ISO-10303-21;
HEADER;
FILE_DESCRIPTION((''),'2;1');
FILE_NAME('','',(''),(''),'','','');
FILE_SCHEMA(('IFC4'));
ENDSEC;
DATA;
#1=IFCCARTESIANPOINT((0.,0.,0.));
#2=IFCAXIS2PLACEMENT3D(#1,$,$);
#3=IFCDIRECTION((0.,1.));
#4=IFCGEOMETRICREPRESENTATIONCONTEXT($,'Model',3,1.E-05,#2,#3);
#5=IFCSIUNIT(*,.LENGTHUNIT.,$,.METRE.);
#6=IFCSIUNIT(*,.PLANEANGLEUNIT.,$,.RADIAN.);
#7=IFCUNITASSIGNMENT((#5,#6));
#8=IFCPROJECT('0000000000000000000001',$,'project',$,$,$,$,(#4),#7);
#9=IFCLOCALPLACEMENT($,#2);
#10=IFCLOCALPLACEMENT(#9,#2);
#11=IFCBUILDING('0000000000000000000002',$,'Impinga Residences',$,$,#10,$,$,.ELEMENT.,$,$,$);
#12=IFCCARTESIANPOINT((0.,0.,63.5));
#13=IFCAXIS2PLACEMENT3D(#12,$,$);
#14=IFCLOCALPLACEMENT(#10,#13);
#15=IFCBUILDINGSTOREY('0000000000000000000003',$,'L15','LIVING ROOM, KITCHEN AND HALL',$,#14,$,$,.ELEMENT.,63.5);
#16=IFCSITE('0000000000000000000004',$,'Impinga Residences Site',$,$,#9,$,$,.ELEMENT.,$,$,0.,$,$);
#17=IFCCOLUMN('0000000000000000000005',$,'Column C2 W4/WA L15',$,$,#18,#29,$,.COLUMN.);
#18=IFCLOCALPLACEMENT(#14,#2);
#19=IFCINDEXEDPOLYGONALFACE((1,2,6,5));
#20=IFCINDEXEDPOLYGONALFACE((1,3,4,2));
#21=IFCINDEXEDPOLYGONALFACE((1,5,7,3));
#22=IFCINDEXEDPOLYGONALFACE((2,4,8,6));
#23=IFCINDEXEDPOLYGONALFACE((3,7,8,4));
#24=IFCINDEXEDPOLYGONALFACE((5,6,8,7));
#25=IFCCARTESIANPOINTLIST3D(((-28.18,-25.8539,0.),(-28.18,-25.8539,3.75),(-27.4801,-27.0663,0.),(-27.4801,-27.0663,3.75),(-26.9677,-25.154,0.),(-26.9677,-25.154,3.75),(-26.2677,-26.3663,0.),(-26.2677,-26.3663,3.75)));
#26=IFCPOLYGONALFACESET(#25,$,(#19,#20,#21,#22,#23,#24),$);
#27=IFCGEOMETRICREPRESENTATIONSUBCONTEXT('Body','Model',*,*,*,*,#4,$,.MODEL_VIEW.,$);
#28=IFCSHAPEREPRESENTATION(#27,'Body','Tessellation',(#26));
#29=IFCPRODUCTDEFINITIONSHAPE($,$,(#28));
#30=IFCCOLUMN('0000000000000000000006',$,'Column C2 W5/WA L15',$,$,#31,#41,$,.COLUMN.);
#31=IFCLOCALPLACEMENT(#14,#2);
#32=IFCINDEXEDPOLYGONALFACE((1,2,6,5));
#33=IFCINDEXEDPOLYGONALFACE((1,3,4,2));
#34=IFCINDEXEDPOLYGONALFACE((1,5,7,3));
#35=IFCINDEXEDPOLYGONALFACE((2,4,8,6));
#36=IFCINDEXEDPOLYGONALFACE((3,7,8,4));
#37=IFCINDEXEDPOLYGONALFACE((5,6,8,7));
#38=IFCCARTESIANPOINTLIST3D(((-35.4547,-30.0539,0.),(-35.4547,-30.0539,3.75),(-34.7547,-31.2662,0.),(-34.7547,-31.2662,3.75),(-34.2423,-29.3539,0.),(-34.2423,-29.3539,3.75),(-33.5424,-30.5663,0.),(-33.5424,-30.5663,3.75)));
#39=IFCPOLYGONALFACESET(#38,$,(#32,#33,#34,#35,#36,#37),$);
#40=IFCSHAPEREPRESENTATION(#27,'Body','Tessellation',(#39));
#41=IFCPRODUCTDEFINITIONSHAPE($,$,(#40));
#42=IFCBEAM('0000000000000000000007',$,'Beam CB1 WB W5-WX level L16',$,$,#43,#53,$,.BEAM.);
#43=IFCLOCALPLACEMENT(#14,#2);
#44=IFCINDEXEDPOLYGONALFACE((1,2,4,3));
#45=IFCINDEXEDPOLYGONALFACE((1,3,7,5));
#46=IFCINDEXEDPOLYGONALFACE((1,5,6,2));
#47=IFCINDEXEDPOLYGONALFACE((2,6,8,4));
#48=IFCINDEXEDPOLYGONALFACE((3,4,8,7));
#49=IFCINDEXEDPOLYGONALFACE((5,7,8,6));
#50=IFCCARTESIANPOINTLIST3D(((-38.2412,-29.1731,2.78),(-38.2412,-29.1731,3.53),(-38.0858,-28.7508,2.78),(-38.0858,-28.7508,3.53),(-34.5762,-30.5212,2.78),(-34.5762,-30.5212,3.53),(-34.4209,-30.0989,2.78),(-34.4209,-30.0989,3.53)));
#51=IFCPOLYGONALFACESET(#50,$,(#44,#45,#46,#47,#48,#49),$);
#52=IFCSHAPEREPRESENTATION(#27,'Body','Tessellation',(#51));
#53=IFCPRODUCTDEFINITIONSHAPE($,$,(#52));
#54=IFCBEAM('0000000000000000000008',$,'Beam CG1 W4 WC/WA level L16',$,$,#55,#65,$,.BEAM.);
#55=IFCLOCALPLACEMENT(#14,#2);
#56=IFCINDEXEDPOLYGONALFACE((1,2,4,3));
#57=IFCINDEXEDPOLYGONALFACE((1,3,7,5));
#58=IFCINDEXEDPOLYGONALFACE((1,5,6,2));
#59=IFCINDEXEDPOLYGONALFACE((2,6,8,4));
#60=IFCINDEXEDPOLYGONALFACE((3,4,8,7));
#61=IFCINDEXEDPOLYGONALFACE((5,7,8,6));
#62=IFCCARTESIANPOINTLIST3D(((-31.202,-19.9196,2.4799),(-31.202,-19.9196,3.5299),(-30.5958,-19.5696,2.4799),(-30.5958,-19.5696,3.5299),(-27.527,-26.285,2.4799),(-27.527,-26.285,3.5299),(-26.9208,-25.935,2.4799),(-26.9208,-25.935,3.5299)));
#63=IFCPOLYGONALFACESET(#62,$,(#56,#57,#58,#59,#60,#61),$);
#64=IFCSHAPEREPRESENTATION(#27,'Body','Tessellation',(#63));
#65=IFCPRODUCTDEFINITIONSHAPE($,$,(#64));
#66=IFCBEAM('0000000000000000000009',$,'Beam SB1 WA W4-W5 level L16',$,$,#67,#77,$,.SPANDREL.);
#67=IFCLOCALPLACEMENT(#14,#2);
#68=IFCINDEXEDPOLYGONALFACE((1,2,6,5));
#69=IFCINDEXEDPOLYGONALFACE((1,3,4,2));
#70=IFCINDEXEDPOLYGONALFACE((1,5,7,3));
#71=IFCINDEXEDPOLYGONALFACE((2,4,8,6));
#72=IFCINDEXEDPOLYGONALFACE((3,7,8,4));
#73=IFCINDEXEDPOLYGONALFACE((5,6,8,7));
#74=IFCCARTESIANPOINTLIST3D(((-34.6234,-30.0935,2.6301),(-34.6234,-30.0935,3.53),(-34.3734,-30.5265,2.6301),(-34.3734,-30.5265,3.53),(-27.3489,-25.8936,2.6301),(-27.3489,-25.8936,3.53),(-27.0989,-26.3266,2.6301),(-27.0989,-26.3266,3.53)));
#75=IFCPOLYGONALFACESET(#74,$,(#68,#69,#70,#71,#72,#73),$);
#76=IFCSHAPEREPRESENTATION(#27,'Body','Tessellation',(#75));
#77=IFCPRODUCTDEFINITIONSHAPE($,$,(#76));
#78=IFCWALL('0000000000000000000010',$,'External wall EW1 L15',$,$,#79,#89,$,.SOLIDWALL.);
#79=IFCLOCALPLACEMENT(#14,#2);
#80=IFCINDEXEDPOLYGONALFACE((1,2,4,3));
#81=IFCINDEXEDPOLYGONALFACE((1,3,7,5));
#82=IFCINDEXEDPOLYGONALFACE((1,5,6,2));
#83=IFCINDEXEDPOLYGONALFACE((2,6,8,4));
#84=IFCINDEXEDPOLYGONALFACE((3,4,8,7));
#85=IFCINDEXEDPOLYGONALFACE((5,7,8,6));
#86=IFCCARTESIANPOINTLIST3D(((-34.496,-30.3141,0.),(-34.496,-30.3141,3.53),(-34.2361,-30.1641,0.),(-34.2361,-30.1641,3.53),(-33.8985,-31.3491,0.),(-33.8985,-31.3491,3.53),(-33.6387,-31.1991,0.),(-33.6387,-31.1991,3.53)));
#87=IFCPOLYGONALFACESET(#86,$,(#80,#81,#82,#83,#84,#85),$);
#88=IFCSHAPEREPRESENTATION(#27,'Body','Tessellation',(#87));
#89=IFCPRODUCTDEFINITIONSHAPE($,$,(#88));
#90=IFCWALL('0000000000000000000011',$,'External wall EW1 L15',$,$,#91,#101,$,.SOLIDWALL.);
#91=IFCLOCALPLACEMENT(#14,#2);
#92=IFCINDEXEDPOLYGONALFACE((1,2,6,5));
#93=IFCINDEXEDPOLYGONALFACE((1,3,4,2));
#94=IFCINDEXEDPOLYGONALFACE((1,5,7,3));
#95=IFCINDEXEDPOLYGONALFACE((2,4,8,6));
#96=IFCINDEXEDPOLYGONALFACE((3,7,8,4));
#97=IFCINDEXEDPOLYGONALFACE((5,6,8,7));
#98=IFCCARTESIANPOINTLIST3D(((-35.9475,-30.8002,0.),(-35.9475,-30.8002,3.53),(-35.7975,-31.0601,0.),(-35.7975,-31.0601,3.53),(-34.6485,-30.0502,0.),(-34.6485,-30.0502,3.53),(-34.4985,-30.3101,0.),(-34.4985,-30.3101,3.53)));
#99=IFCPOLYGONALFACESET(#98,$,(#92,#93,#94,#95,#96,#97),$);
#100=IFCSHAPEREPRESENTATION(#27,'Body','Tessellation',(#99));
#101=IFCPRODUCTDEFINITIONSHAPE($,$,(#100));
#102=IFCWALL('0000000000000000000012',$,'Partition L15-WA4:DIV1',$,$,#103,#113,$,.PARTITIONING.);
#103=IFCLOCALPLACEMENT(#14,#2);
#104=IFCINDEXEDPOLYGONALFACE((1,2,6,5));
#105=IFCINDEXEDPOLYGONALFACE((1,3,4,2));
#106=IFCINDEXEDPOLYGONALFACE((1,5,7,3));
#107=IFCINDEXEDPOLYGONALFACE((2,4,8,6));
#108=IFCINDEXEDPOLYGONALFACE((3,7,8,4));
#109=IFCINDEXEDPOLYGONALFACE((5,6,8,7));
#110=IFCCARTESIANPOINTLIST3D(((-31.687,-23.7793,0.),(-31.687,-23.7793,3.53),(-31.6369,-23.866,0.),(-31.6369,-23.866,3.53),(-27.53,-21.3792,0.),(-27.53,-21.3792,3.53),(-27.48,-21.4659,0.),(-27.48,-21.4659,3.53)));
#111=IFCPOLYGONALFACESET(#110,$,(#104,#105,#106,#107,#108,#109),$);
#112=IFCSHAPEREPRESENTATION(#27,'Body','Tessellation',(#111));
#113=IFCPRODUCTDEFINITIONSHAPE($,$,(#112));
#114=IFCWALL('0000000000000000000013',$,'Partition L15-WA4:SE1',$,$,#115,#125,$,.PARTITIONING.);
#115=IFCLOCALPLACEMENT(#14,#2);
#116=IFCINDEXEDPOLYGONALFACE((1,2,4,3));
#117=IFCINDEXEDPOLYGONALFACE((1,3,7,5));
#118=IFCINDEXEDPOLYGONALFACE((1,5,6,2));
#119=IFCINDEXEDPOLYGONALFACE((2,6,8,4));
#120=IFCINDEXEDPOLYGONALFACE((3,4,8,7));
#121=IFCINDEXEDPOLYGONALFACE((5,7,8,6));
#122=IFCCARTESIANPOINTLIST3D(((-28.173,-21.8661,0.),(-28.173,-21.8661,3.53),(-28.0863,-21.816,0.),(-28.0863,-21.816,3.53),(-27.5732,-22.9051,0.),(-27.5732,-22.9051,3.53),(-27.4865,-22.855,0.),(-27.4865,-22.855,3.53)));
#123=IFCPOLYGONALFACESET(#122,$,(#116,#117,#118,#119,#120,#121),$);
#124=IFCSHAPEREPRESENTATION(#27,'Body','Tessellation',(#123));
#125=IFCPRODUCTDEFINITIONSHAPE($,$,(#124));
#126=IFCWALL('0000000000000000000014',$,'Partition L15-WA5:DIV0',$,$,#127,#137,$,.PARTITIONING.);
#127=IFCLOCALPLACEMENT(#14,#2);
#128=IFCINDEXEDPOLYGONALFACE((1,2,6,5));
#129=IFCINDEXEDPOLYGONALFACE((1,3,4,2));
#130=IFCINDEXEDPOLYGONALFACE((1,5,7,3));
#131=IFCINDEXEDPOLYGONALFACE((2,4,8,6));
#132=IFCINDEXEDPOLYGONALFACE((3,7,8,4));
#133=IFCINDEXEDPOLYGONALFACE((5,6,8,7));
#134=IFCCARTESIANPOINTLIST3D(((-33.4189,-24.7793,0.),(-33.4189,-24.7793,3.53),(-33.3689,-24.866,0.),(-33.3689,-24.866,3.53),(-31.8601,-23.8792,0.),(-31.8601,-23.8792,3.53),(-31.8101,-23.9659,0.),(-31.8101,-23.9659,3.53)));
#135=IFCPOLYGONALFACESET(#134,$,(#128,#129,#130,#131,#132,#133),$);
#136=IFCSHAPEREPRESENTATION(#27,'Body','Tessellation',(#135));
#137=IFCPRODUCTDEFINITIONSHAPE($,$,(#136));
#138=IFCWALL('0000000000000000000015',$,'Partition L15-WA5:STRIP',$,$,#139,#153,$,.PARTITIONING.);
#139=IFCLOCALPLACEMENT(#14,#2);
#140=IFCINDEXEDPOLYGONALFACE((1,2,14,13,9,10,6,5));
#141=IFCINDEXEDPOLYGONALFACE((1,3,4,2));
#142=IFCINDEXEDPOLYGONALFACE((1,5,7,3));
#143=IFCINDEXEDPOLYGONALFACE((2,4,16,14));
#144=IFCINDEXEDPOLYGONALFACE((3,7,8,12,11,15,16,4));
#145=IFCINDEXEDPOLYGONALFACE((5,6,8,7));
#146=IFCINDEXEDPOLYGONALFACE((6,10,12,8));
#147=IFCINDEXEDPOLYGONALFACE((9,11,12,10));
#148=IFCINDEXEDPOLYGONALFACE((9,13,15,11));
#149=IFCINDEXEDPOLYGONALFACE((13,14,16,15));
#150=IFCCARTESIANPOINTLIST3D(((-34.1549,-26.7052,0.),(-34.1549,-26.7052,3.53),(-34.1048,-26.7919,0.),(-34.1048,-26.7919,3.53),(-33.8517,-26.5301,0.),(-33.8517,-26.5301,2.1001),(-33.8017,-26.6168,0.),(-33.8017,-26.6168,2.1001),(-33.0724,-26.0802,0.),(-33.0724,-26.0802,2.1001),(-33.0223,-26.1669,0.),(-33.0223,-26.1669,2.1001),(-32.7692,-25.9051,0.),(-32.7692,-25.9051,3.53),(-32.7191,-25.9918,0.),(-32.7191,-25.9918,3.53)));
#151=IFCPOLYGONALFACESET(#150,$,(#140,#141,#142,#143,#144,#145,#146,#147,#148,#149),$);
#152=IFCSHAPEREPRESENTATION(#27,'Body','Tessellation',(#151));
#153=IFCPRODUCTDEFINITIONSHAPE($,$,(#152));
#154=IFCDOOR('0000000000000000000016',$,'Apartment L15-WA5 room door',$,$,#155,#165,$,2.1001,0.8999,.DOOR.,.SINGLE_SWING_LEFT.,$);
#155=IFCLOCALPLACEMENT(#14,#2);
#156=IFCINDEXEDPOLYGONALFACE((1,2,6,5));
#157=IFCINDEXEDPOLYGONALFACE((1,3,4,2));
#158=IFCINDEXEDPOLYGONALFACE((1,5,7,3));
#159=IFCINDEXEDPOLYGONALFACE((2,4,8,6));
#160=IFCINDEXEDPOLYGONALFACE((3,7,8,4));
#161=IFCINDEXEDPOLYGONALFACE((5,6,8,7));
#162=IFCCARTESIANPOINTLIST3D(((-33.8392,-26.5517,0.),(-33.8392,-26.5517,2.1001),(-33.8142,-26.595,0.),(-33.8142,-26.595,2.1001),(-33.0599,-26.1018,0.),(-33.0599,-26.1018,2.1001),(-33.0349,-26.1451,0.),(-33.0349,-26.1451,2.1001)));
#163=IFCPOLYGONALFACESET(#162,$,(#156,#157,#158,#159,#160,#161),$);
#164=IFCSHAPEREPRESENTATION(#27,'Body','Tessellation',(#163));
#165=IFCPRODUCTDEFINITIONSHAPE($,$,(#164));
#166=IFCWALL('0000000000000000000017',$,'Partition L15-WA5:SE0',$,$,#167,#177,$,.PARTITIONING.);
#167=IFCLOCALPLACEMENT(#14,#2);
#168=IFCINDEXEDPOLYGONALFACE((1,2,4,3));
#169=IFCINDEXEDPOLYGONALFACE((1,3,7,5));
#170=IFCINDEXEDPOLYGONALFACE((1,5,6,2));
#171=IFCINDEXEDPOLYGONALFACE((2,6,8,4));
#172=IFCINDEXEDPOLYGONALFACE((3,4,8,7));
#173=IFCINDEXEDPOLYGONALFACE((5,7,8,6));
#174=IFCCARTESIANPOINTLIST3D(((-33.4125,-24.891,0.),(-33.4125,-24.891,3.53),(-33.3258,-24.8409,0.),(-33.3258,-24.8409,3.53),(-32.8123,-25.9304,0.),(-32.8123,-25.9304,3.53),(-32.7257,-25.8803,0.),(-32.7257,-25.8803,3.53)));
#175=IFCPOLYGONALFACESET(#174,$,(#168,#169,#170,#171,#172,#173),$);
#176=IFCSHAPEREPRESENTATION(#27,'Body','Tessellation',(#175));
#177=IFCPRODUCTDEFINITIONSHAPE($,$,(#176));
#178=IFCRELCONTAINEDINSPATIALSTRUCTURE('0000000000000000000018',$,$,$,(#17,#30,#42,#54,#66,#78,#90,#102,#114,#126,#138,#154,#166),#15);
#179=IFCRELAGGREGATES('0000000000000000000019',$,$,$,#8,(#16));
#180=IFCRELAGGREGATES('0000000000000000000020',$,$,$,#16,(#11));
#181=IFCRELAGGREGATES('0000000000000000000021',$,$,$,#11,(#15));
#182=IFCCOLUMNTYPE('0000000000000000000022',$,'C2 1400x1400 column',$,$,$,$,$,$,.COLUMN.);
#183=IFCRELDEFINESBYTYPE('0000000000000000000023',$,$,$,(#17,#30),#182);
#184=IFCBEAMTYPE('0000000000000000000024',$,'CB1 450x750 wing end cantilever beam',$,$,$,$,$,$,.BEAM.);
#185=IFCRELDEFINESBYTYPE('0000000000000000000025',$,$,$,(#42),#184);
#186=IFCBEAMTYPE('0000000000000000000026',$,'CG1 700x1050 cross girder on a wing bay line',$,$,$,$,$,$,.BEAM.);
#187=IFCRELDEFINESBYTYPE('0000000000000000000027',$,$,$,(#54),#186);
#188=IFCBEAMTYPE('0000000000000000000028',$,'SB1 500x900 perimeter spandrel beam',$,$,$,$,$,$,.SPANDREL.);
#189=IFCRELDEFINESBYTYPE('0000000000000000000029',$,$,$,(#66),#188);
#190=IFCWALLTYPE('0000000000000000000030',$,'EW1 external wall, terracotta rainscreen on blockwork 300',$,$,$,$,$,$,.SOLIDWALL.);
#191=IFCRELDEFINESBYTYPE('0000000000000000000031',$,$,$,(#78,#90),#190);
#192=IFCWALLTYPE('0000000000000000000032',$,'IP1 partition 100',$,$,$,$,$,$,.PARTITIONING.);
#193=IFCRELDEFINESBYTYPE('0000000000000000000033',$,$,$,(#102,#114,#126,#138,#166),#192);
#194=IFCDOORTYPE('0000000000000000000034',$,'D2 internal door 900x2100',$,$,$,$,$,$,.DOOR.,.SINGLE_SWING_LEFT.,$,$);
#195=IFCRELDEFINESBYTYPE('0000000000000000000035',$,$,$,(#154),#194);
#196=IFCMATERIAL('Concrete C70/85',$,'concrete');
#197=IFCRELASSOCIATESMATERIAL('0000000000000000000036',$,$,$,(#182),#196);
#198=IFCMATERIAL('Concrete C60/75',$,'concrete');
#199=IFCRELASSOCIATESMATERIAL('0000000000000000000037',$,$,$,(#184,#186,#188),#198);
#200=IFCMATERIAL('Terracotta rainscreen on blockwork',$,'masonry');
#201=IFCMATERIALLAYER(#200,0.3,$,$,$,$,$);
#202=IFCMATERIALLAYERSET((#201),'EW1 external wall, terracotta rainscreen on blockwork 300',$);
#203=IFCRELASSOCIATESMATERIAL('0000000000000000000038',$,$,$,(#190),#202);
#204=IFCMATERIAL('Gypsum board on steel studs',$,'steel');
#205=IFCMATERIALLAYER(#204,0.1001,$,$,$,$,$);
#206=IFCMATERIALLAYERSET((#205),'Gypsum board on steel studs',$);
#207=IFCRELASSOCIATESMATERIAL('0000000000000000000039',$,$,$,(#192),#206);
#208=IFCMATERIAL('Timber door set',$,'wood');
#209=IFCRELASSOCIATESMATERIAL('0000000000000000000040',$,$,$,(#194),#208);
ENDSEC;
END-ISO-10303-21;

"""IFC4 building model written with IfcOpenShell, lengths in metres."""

from ifc_helpers import new_model, si_unit, direction, frame, frame_2d, origin, origin_2d, place, context, subcontext, project, spatial, rectangle, extrude, material, layer, layer_set, material_profile, profile_set, type_object, element, fill, save


model = new_model("IFC4")

# Units and contexts
model_context = context("Model", 3, precision=1e-05, world=origin(), true_north=direction((0.0, 1.0)))
body_context = subcontext(model_context, "Body", "Model", "MODEL_VIEW")
ifc_project = project(units=[si_unit("LENGTHUNIT", "METRE"), si_unit("PLANEANGLEUNIT", "RADIAN")], contexts=[model_context])

# Site, building, storey
site_placement = place(None, origin())
site = spatial("IfcSite", under=ifc_project, at=site_placement, Name="Impinga Residences Site", CompositionType="ELEMENT", RefElevation=0.0)
building_placement = place(site_placement, origin())
building = spatial("IfcBuilding", under=site, at=building_placement, Name="Impinga Residences", CompositionType="ELEMENT")
storey_placement = place(building_placement, frame((0.0, 0.0, 63.5)))
storey = spatial("IfcBuildingStorey", under=building, at=storey_placement, Name="L15", Description="LIVING ROOM, KITCHEN AND HALL", CompositionType="ELEMENT", Elevation=63.5)

# Columns
ifc_material_1 = material(Name="Concrete C70/85", Category="concrete")
ifc_material_profile_1 = material_profile(ifc_material_1, rectangle(XDim=1.3999, YDim=1.3999, at=origin_2d()), Name="RC 1400x1400")
ifc_profile_set_1 = profile_set([ifc_material_profile_1], Name="Concrete C70/85")
column_type = type_object("IfcColumnType", Name="C2 1400x1400 column", PredefinedType="COLUMN", material=ifc_profile_set_1)
for number, where, z_axis, x_axis, name in (
    (1, (-27.2239, -26.1101, 0.0), (0.0, 0.0, 1.0), (-0.5, 0.866025, 0.0), "Column C2 W4/WA L15"),
    (2, (-34.4985, -30.3101, 0.0), (0.0, 0.0, 1.0), (-0.5, 0.866025, 0.0), "Column C2 W5/WA L15"),
):
    element("IfcColumn", number, at=place(storey_placement, frame(where, z_axis=z_axis, x_axis=x_axis)), inside=storey, type_object=column_type, Name=name, PredefinedType="COLUMN", context=body_context, shape_type="SweptSolid", body=[
        extrude(rectangle(XDim=1.3999, YDim=1.3999, at=origin_2d()), origin(), (0.0, 0.0, 1.0), 3.75),
    ])

# Beams
ifc_material_2 = material(Name="Concrete C60/75", Category="concrete")
ifc_material_profile_2 = material_profile(ifc_material_2, rectangle(XDim=0.45, YDim=0.75, at=origin_2d()), Name="RC 450x750")
ifc_profile_set_2 = profile_set([ifc_material_profile_2], Name="Concrete C60/75")
beam_type_1 = type_object("IfcBeamType", Name="CB1 450x750 wing end cantilever beam", PredefinedType="BEAM", material=ifc_profile_set_2)
beam_1_placement = place(storey_placement, frame((-34.4985, -30.3101, 3.155), z_axis=(-0.93852, 0.345224, 0.0), x_axis=(-0.345224, -0.93852, 0.0)))
element("IfcBeam", 3, at=beam_1_placement, inside=storey, type_object=beam_type_1, Name="Beam CB1 WB W5-WX level L16", PredefinedType="BEAM", context=body_context, shape_type="SweptSolid", body=[
    extrude(rectangle(XDim=0.45, YDim=0.75, at=origin_2d()), origin(), (0.0, 0.0, 1.0), 3.905),
])
ifc_material_profile_3 = material_profile(ifc_material_2, rectangle(XDim=0.7, YDim=1.05, at=origin_2d()), Name="RC 700x1050")
ifc_profile_set_3 = profile_set([ifc_material_profile_3], Name="Concrete C60/75")
beam_type_2 = type_object("IfcBeamType", Name="CG1 700x1050 cross girder on a wing bay line", PredefinedType="BEAM", material=ifc_profile_set_3)
beam_2_placement = place(storey_placement, frame((-30.8989, -19.7446, 3.0049), z_axis=(0.499994, -0.866029, 0.0), x_axis=(0.866029, 0.499994, 0.0)))
element("IfcBeam", 4, at=beam_2_placement, inside=storey, type_object=beam_type_2, Name="Beam CG1 W4 WC/WA level L16", PredefinedType="BEAM", context=body_context, shape_type="SweptSolid", body=[
    extrude(rectangle(XDim=0.7, YDim=1.05, at=origin_2d()), origin(), (0.0, 0.0, 1.0), 7.3501),
])
ifc_material_profile_4 = material_profile(ifc_material_2, rectangle(XDim=0.5, YDim=0.8999, at=origin_2d()), Name="RC 500x900")
ifc_profile_set_4 = profile_set([ifc_material_profile_4], Name="Concrete C60/75")
beam_type_3 = type_object("IfcBeamType", Name="SB1 500x900 perimeter spandrel beam", PredefinedType="SPANDREL", material=ifc_profile_set_4)
beam_3_placement = place(storey_placement, frame((-27.2239, -26.1101, 3.0801), z_axis=(-0.866029, -0.499993, 0.0), x_axis=(0.499993, -0.866029, 0.0)))
element("IfcBeam", 5, at=beam_3_placement, inside=storey, type_object=beam_type_3, Name="Beam SB1 WA W4-W5 level L16", PredefinedType="SPANDREL", context=body_context, shape_type="SweptSolid", body=[
    extrude(rectangle(XDim=0.5, YDim=0.8999, at=origin_2d()), origin(), (0.0, 0.0, 1.0), 8.3999),
])

# Walls
ifc_material_3 = material(Name="Terracotta rainscreen on blockwork", Category="masonry")
ifc_layer_1 = layer(ifc_material_3, 0.3)
ifc_layer_set_1 = layer_set([ifc_layer_1], Name="EW1 external wall, terracotta rainscreen on blockwork 300")
wall_type_1 = type_object("IfcWallType", Name="EW1 external wall, terracotta rainscreen on blockwork 300", PredefinedType="SOLIDWALL", material=ifc_layer_set_1)
wall_1_placement = place(storey_placement, frame((-33.7686, -31.2742, 0.0), z_axis=(0.0, 0.0, 1.0), x_axis=(-0.499941, 0.86606, 0.0)))
element("IfcWall", 6, at=wall_1_placement, inside=storey, type_object=wall_type_1, Name="External wall EW1 L15", PredefinedType="SOLIDWALL", context=body_context, shape_type="SweptSolid", body=[
    extrude(rectangle(XDim=1.1951, YDim=0.3, at=frame_2d((0.5977, 0.0))), origin(), (0.0, 0.0, 1.0), 3.53),
])
wall_2_placement = place(storey_placement, frame((-34.5735, -30.1802, 0.0), z_axis=(0.0, 0.0, 1.0), x_axis=(-0.866031, -0.49999, 0.0)))
element("IfcWall", 7, at=wall_2_placement, inside=storey, type_object=wall_type_1, Name="External wall EW1 L15", PredefinedType="SOLIDWALL", context=body_context, shape_type="SweptSolid", body=[
    extrude(rectangle(XDim=1.5, YDim=0.3, at=frame_2d((0.75, 0.0))), origin(), (0.0, 0.0, 1.0), 3.53),
])
ifc_material_4 = material(Name="Gypsum board on steel studs", Category="steel")
ifc_layer_2 = layer(ifc_material_4, 0.1001)
ifc_layer_set_2 = layer_set([ifc_layer_2], Name="Gypsum board on steel studs")
wall_type_2 = type_object("IfcWallType", Name="IP1 partition 100", PredefinedType="PARTITIONING", material=ifc_layer_set_2)
wall_3_placement = place(storey_placement, frame((-27.5051, -21.4226, 0.0), z_axis=(0.0, 0.0, 1.0), x_axis=(-0.866015, -0.500017, 0.0)))
element("IfcWall", 8, at=wall_3_placement, inside=storey, type_object=wall_type_2, Name="Partition L15-WA4:DIV1", PredefinedType="PARTITIONING", context=body_context, shape_type="SweptSolid", body=[
    extrude(rectangle(XDim=4.8, YDim=0.1001, at=frame_2d((2.3999, 0.0))), origin(), (0.0, 0.0, 1.0), 3.53),
])
wall_4_placement = place(storey_placement, frame((-28.1296, -21.8411, 0.0), z_axis=(0.0, 0.0, 1.0), x_axis=(0.499969, -0.866043, 0.0)))
element("IfcWall", 9, at=wall_4_placement, inside=storey, type_object=wall_type_2, Name="Partition L15-WA4:SE1", PredefinedType="PARTITIONING", context=body_context, shape_type="SweptSolid", body=[
    extrude(rectangle(XDim=1.1997, YDim=0.1001, at=frame_2d((0.5999, 0.0))), origin(), (0.0, 0.0, 1.0), 3.53),
])
wall_5_placement = place(storey_placement, frame((-31.8352, -23.9226, 0.0), z_axis=(0.0, 0.0, 1.0), x_axis=(-0.865989, -0.500063, 0.0)))
element("IfcWall", 10, at=wall_5_placement, inside=storey, type_object=wall_type_2, Name="Partition L15-WA5:DIV0", PredefinedType="PARTITIONING", context=body_context, shape_type="SweptSolid", body=[
    extrude(rectangle(XDim=1.8, YDim=0.1001, at=frame_2d((0.8999, 0.0))), origin(), (0.0, 0.0, 1.0), 3.53),
])

# Wall, opening, door
wall_6_placement = place(storey_placement, frame((-32.7441, -25.9485, 0.0), z_axis=(0.0, 0.0, 1.0), x_axis=(-0.866028, -0.499995, 0.0)))
wall_6 = element("IfcWall", 11, at=wall_6_placement, inside=storey, type_object=wall_type_2, Name="Partition L15-WA5:STRIP", PredefinedType="PARTITIONING", context=body_context, shape_type="SweptSolid", body=[
    extrude(rectangle(XDim=1.6001, YDim=0.1001, at=frame_2d((0.8, 0.0))), origin(), (0.0, 0.0, 1.0), 3.53),
])
opening_placement = place(wall_6_placement, frame((0.3501, 0.0, 0.0)))
opening = element("IfcOpeningElement", 12, at=opening_placement, cuts=wall_6, PredefinedType="OPENING", context=body_context, shape_type="SweptSolid", body=[
    extrude(rectangle(XDim=0.8999, YDim=2.1001, at=frame_2d((0.45, 1.05))), frame((0.0, 0.0601, 0.0), z_axis=(0.0, -1.0, 0.0), x_axis=(1.0, 0.0, 0.0)), (0.0, 0.0, 1.0), 0.1201),
])
ifc_material_5 = material(Name="Timber door set", Category="wood")
door_type = type_object("IfcDoorType", Name="D2 internal door 900x2100", OperationType="SINGLE_SWING_LEFT", PredefinedType="DOOR", material=ifc_material_5)
door_placement = place(opening_placement, origin())
door = element("IfcDoor", 13, at=door_placement, inside=storey, type_object=door_type, Name="Apartment L15-WA5 room door", OperationType="SINGLE_SWING_LEFT", OverallHeight=2.1001, OverallWidth=0.8999, PredefinedType="DOOR", context=body_context, shape_type="SweptSolid", body=[
    extrude(rectangle(XDim=0.8999, YDim=2.1001, at=frame_2d((0.45, 1.05))), frame((0.0, 0.0249, 0.0), z_axis=(0.0, -1.0, 0.0), x_axis=(1.0, 0.0, 0.0)), (0.0, 0.0, 1.0), 0.05),
])
fill(opening, door)

# Wall
for number, where, z_axis, x_axis, name in (
    (14, (-33.3691, -24.866, 0.0), (0.0, 0.0, 1.0), (0.500034, -0.866006, 0.0), "Partition L15-WA5:SE0"),
):
    element("IfcWall", number, at=place(storey_placement, frame(where, z_axis=z_axis, x_axis=x_axis)), inside=storey, type_object=wall_type_2, Name=name, PredefinedType="PARTITIONING", context=body_context, shape_type="SweptSolid", body=[
        extrude(rectangle(XDim=1.2002, YDim=0.1001, at=frame_2d((0.6001, 0.0))), origin(), (0.0, 0.0, 1.0), 3.53),
    ])

save(model, "model.ifc")
